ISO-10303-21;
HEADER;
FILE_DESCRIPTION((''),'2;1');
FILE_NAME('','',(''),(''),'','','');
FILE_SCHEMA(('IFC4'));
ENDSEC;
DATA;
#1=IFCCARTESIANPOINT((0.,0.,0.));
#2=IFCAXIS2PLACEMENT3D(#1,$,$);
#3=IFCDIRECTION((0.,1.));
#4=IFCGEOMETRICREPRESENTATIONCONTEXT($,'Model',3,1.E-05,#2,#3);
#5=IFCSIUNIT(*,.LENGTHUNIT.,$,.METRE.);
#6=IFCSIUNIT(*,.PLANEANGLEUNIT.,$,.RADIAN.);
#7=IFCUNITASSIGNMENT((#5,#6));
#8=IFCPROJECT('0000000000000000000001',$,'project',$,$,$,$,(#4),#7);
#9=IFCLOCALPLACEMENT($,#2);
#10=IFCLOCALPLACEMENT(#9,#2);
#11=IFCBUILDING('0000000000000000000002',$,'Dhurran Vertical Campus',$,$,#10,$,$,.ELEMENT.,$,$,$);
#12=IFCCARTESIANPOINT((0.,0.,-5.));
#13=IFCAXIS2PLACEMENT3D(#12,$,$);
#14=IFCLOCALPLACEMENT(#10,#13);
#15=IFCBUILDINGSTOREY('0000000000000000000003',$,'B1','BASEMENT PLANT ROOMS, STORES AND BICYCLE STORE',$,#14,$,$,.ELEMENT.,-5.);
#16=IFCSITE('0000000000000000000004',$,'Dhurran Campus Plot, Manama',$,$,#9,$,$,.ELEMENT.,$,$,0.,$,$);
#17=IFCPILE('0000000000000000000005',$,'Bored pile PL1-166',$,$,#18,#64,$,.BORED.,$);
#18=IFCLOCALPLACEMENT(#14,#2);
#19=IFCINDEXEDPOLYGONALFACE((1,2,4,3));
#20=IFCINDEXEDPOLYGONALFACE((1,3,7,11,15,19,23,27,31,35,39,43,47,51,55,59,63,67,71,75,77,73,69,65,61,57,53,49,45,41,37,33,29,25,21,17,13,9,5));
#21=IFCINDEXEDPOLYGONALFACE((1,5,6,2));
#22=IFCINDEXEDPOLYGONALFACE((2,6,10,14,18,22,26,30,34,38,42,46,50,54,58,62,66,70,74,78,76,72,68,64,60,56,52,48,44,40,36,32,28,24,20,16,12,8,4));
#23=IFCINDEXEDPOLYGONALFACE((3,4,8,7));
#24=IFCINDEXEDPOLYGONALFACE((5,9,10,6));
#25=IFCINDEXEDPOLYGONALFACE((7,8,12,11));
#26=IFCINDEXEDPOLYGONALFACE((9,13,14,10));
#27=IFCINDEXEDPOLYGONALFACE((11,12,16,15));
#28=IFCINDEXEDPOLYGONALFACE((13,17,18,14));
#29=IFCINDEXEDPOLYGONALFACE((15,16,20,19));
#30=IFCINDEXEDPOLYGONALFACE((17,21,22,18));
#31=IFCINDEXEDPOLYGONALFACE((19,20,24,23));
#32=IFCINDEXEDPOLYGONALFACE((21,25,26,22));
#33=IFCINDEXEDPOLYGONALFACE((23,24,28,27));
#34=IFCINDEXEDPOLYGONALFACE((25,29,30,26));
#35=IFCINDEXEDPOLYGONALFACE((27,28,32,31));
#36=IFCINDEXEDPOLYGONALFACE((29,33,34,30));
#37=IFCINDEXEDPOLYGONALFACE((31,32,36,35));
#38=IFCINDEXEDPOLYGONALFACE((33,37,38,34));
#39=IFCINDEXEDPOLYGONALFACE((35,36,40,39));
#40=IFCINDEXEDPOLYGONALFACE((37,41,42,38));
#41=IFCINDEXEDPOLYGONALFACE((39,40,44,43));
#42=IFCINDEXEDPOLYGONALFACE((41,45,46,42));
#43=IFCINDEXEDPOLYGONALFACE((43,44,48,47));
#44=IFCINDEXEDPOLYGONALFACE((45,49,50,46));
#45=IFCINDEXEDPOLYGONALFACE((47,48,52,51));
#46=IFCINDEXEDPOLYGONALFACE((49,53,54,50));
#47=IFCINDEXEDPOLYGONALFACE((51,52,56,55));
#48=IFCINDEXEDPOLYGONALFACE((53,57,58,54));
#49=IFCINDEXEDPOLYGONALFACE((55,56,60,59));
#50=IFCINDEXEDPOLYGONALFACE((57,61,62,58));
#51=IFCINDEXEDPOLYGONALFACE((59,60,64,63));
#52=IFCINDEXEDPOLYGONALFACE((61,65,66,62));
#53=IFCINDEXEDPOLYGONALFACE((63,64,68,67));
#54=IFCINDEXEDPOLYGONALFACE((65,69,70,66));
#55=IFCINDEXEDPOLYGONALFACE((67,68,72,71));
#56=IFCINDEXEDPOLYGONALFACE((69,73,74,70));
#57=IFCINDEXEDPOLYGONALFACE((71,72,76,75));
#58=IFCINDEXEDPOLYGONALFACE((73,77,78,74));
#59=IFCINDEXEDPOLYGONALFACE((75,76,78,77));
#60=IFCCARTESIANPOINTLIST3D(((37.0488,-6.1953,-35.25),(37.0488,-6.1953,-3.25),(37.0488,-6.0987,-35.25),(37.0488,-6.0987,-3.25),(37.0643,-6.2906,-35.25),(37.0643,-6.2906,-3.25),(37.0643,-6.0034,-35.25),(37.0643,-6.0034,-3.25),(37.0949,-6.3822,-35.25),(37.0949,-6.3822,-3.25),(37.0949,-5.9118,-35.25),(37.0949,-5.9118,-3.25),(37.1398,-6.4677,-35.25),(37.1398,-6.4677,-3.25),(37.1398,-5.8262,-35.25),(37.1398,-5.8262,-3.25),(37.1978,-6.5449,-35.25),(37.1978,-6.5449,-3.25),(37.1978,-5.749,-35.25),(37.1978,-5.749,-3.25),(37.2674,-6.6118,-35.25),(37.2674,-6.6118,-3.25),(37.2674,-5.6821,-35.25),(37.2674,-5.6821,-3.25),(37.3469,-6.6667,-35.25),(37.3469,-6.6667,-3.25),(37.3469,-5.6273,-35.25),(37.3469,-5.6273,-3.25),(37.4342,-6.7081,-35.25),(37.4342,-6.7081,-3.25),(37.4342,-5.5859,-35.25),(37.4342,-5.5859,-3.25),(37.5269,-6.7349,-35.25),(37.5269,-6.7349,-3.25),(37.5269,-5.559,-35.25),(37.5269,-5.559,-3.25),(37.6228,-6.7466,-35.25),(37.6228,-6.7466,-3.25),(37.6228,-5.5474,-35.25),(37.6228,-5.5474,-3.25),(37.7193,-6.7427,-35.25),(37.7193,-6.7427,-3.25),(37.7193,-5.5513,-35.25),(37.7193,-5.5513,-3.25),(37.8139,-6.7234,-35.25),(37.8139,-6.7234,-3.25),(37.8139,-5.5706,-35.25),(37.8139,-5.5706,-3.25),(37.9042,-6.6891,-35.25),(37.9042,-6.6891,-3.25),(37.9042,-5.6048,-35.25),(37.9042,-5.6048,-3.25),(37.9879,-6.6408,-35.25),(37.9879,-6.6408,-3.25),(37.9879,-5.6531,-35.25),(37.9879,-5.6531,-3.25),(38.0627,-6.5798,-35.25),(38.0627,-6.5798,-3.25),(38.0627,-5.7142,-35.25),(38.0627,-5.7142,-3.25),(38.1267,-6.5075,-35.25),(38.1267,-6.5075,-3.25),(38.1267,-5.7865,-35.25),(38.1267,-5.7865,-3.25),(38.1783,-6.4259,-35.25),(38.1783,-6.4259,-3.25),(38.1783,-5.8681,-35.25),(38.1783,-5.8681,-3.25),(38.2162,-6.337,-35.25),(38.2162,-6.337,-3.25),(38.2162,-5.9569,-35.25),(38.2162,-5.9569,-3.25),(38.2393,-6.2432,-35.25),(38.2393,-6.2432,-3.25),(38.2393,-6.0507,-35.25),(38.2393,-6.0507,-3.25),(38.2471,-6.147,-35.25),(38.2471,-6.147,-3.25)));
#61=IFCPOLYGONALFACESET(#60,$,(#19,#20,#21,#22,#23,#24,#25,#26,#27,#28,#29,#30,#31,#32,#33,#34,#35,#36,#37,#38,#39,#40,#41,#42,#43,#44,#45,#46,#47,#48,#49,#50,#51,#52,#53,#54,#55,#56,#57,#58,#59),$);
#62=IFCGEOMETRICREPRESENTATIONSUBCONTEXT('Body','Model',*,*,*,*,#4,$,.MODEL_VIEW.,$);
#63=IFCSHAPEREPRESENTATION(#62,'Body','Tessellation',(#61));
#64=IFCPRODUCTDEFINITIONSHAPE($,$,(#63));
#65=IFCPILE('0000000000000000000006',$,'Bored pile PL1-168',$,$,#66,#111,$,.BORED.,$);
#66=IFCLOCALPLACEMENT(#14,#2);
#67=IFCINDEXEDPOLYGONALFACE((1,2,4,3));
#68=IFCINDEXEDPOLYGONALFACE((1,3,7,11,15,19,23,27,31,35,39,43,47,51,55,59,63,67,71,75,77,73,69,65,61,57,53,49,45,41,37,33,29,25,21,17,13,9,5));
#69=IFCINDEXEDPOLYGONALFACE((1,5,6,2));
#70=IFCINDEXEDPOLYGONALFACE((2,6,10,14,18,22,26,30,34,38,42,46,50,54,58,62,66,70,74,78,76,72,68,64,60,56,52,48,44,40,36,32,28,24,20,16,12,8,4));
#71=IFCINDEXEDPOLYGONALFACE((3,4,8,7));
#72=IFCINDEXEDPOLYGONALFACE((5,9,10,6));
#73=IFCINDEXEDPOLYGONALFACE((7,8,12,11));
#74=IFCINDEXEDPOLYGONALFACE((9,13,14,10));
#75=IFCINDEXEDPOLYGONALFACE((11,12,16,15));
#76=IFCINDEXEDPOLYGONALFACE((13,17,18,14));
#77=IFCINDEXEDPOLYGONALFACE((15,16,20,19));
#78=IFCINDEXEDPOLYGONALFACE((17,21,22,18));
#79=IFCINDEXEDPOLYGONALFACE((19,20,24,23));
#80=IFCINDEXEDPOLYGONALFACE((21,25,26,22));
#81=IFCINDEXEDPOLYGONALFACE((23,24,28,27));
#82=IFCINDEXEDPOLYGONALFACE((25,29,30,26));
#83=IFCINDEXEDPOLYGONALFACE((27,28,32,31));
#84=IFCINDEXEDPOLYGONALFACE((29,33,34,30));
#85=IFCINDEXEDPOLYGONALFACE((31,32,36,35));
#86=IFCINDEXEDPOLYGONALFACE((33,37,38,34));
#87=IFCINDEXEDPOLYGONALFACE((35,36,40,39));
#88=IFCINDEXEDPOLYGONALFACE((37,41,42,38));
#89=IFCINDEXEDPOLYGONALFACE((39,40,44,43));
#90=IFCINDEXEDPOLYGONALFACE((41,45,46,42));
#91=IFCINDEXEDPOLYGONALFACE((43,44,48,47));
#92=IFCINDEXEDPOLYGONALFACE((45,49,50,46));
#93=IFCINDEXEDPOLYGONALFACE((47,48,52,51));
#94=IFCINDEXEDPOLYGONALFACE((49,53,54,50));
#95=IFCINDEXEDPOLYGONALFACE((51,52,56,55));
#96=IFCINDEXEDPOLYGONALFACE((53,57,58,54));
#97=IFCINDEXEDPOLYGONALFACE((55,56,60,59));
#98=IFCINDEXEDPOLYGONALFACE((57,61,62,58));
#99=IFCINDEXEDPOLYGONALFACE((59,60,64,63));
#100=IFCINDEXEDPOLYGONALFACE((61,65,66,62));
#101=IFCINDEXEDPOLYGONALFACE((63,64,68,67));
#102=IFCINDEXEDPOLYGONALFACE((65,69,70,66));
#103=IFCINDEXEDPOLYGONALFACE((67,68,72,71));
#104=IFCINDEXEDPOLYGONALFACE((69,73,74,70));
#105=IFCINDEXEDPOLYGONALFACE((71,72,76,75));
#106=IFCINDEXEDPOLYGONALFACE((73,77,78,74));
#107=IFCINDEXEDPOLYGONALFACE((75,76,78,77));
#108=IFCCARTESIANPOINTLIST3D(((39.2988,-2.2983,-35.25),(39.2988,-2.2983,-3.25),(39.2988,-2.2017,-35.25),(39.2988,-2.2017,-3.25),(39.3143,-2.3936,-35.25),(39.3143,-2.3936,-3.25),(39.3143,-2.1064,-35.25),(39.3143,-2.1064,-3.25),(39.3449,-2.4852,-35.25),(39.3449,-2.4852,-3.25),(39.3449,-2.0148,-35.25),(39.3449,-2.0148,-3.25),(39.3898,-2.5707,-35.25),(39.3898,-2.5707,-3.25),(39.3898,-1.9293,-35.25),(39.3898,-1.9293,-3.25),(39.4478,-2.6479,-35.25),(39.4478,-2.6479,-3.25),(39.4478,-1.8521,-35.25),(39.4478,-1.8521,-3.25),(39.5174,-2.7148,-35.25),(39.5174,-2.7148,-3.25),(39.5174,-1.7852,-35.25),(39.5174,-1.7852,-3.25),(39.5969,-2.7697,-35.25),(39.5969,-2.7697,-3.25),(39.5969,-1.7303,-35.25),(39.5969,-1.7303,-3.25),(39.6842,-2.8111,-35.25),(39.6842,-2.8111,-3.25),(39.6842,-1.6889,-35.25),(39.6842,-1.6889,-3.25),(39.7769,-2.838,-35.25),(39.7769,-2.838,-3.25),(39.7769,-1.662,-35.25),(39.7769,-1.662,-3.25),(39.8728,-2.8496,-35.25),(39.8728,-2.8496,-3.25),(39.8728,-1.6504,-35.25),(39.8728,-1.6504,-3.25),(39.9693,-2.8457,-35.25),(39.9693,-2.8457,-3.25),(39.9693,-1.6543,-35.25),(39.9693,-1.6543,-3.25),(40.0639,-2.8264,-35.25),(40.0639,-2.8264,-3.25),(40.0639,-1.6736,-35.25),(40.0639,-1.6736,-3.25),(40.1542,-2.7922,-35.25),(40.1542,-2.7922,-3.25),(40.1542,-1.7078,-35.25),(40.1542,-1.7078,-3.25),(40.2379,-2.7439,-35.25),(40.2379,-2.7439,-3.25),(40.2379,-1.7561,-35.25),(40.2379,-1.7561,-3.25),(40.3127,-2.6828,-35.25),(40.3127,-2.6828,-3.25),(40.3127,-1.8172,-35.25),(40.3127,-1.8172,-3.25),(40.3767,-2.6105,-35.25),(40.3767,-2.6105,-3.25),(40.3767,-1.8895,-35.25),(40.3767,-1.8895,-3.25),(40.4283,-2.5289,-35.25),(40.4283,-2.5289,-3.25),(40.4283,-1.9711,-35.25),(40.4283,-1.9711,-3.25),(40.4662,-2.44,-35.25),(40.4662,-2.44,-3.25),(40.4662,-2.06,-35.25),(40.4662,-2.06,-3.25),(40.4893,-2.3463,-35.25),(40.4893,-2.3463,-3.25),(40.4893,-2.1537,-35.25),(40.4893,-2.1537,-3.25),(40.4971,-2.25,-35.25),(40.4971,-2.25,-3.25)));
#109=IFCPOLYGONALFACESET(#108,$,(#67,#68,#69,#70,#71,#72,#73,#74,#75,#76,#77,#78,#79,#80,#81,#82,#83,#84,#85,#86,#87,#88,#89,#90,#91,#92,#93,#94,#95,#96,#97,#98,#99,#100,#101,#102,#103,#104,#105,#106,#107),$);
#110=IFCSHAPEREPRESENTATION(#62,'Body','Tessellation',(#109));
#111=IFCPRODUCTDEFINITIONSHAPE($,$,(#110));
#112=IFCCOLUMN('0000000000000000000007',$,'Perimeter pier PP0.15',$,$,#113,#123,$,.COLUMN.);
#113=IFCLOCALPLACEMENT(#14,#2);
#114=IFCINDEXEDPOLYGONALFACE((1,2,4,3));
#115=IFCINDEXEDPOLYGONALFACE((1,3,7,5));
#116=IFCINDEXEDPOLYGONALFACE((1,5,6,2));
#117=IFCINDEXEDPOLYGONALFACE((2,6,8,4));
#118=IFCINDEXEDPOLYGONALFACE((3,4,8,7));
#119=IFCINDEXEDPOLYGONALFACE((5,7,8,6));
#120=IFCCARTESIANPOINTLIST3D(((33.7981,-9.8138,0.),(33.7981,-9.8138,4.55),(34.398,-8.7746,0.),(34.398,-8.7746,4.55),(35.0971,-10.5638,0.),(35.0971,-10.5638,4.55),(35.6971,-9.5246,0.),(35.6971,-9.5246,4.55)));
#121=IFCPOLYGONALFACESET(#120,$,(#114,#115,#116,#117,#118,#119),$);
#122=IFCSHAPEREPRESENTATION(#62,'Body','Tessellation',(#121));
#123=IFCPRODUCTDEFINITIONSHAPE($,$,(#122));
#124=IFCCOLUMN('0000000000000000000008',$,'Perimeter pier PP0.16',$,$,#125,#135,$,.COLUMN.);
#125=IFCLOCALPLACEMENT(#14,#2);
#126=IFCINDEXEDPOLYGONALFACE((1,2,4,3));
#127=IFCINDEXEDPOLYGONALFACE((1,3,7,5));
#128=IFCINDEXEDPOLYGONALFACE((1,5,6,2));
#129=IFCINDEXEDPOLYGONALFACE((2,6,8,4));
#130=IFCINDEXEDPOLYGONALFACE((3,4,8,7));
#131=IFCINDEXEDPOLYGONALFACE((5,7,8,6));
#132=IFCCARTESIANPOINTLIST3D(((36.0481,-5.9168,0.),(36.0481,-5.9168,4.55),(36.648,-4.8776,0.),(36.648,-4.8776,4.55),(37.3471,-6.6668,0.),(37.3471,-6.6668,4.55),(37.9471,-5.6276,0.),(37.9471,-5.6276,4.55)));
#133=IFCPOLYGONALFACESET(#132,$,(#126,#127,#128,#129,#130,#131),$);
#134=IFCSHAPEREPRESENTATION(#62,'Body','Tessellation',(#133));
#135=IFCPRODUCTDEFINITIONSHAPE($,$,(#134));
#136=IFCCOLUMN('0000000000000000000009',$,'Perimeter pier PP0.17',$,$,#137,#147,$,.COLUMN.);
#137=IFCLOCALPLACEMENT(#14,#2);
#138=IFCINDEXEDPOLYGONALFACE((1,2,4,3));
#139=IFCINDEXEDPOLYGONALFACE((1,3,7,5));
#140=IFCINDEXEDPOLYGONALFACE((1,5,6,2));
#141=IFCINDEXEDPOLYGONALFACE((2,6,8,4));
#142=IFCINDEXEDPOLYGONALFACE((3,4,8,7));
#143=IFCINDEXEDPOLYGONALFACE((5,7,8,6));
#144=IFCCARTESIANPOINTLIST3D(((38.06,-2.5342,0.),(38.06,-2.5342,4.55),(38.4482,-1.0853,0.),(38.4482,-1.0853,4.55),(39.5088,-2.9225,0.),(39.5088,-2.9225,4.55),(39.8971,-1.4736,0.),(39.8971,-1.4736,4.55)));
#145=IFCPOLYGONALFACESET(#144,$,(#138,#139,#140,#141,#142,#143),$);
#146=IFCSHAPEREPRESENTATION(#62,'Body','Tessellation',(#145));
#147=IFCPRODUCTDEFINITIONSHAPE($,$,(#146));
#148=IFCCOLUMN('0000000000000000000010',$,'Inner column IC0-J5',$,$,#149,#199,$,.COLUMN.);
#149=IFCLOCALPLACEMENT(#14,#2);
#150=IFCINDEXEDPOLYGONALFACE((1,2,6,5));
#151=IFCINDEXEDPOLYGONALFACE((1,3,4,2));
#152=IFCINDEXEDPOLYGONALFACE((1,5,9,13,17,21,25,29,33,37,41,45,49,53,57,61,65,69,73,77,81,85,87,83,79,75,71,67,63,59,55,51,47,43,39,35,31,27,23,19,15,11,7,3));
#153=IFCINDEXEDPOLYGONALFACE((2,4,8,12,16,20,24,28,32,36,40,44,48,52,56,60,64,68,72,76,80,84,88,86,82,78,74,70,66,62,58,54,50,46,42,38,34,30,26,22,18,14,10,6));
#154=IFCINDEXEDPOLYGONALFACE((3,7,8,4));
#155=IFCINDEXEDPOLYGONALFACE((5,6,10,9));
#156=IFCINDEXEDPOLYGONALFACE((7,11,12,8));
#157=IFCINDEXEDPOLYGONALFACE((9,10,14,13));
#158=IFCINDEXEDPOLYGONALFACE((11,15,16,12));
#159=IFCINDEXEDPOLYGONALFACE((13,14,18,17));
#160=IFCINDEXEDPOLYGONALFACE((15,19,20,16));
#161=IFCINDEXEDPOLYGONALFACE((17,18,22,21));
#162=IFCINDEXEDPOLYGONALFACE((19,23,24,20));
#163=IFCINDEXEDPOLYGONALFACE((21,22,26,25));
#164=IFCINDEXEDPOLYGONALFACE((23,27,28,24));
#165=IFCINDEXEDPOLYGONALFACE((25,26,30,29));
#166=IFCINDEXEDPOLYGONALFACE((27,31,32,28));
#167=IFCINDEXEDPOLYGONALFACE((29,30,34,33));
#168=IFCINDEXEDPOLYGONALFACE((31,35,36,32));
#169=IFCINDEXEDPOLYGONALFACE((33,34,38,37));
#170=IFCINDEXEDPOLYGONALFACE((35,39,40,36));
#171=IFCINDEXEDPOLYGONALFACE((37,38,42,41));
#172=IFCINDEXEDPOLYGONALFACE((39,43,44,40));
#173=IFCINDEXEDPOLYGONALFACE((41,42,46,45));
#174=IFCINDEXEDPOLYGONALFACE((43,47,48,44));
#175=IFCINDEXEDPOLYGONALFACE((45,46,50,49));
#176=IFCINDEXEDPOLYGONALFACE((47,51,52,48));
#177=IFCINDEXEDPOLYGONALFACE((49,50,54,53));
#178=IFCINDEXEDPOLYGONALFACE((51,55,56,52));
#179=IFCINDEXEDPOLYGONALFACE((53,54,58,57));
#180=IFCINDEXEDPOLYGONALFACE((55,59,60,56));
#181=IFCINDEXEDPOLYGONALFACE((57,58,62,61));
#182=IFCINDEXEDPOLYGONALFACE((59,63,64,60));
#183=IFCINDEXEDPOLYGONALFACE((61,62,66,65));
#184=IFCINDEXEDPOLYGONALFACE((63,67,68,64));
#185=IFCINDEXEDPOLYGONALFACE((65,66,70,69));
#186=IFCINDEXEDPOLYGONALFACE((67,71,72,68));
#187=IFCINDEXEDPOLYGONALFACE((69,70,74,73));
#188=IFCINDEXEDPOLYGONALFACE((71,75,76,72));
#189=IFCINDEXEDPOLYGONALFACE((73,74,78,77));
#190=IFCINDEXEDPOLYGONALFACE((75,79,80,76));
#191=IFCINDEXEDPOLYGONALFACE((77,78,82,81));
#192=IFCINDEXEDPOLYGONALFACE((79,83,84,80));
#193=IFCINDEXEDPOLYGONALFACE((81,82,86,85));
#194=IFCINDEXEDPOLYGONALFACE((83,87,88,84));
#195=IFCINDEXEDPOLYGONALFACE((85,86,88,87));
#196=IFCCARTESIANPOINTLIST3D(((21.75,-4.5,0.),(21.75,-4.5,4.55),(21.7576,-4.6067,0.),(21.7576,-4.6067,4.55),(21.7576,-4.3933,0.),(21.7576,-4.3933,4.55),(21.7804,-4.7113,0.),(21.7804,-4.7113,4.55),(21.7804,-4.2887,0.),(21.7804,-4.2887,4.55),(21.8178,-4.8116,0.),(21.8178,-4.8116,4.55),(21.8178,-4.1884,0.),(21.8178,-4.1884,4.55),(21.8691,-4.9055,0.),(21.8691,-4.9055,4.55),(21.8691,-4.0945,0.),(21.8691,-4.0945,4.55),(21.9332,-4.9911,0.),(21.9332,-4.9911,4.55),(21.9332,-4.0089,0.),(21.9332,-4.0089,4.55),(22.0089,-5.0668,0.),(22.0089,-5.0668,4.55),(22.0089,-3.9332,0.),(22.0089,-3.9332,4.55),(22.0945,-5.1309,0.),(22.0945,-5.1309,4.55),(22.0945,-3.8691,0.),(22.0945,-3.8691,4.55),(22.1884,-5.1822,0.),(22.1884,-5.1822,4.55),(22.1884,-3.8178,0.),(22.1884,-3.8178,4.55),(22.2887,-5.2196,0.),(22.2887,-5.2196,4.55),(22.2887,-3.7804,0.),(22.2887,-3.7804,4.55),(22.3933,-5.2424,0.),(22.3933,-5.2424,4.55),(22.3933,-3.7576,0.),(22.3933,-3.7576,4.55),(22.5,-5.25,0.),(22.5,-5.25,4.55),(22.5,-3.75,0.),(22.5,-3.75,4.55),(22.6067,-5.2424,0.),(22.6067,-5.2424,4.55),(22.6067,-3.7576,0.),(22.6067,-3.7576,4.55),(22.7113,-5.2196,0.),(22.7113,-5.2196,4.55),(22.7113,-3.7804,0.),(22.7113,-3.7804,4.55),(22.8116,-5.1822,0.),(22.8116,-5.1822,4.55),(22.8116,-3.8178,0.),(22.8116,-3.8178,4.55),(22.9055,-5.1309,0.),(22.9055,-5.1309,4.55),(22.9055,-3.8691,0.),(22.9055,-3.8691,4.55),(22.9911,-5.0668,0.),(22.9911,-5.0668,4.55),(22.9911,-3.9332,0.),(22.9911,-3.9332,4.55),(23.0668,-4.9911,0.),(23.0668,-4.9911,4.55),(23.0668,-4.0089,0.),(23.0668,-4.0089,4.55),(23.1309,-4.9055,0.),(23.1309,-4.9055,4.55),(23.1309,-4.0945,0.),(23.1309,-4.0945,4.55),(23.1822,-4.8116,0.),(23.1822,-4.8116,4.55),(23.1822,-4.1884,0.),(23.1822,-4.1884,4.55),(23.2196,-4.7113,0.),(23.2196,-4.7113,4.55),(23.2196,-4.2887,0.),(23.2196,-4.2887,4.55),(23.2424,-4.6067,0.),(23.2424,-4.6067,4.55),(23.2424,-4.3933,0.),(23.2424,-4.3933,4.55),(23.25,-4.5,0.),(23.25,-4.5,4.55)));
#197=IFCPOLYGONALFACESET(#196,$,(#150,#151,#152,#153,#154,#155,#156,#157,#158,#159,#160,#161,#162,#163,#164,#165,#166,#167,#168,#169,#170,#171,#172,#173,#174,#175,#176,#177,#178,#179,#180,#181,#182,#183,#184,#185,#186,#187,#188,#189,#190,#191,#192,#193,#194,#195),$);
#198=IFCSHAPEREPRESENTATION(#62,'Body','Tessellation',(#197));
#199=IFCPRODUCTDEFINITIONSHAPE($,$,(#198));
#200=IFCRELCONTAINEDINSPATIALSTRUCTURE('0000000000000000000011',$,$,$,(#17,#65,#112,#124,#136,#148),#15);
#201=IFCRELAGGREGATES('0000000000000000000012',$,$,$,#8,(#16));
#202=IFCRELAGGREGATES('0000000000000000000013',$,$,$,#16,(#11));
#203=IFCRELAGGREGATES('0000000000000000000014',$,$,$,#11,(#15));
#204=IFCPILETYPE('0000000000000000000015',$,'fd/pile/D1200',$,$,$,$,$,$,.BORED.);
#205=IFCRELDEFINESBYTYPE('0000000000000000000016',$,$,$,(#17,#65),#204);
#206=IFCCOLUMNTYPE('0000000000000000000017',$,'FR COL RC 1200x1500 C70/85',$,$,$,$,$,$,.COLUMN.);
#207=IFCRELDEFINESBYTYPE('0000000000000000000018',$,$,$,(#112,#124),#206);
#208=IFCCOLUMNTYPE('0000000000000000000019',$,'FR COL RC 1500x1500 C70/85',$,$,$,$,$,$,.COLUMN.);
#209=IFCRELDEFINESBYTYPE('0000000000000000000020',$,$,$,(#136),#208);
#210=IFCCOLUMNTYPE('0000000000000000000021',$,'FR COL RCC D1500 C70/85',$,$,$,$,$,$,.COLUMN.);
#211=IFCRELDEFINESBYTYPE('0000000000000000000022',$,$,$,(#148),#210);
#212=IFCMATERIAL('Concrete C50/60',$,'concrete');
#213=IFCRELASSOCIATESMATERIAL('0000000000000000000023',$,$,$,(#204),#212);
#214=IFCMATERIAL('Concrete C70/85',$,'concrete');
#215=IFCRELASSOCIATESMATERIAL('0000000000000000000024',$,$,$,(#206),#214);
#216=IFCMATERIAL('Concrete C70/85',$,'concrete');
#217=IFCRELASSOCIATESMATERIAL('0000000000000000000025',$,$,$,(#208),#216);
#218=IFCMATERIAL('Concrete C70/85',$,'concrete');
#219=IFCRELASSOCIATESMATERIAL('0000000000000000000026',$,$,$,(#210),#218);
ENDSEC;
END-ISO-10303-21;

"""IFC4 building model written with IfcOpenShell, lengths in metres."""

from ifc_helpers import new_model, si_unit, direction, frame, origin, origin_2d, place, context, subcontext, project, spatial, rectangle, circle, extrude, material, material_profile, profile_set, type_object, element, save


model = new_model("IFC4")

# Units and contexts
model_context = context("Model", 3, precision=1e-05, world=origin(), true_north=direction((0.0, 1.0)))
body_context = subcontext(model_context, "Body", "Model", "MODEL_VIEW")
ifc_project = project(units=[si_unit("LENGTHUNIT", "METRE"), si_unit("PLANEANGLEUNIT", "RADIAN")], contexts=[model_context])

# Site, building, storey
site_placement = place(None, origin())
site = spatial("IfcSite", under=ifc_project, at=site_placement, Name="Dhurran Campus Plot, Manama", CompositionType="ELEMENT", RefElevation=0.0)
building_placement = place(site_placement, origin())
building = spatial("IfcBuilding", under=site, at=building_placement, Name="Dhurran Vertical Campus", CompositionType="ELEMENT")
storey_placement = place(building_placement, frame((0.0, 0.0, -5.0)))
storey = spatial("IfcBuildingStorey", under=building, at=storey_placement, Name="B1", Description="BASEMENT PLANT ROOMS, STORES AND BICYCLE STORE", CompositionType="ELEMENT", Elevation=-5.0)

# Piles
ifc_material_1 = material(Name="Concrete C50/60", Category="concrete")
ifc_material_profile_1 = material_profile(ifc_material_1, circle(Radius=0.6001, at=origin_2d()), Name="fd/pile/D1200")
ifc_profile_set_1 = profile_set([ifc_material_profile_1], Name="Concrete C50/60")
pile_type = type_object("IfcPileType", Name="fd/pile/D1200", PredefinedType="BORED", material=ifc_profile_set_1)
for number, where, z_axis, x_axis, name in (
    (1, (37.647, -6.147, -3.25), (0.0, 0.0, -1.0), (1.0, 0.0, 0.0), "Bored pile PL1-166"),
    (2, (39.897, -2.25, -3.25), (0.0, 0.0, -1.0), (1.0, 0.0, 0.0), "Bored pile PL1-168"),
):
    element("IfcPile", number, at=place(storey_placement, frame(where, z_axis=z_axis, x_axis=x_axis)), inside=storey, type_object=pile_type, Name=name, PredefinedType="BORED", context=body_context, shape_type="SweptSolid", body=[
        extrude(circle(Radius=0.6001, at=origin_2d()), origin(), (0.0, 0.0, 1.0), 32.0),
    ])

# Columns
ifc_material_2 = material(Name="Concrete C70/85", Category="concrete")
ifc_material_profile_2 = material_profile(ifc_material_2, rectangle(XDim=1.2, YDim=1.5, at=origin_2d()), Name="RC 1200x1500")
ifc_profile_set_2 = profile_set([ifc_material_profile_2], Name="Concrete C70/85")
column_type_1 = type_object("IfcColumnType", Name="FR COL RC 1200x1500 C70/85", PredefinedType="COLUMN", material=ifc_profile_set_2)
for number, where, z_axis, x_axis, name in (
    (3, (34.7476, -9.6692, 0.0), (0.0, 0.0, 1.0), (0.5, 0.866025, 0.0), "Perimeter pier PP0.15"),
    (4, (36.9976, -5.7722, 0.0), (0.0, 0.0, 1.0), (0.5, 0.866025, 0.0), "Perimeter pier PP0.16"),
):
    element("IfcColumn", number, at=place(storey_placement, frame(where, z_axis=z_axis, x_axis=x_axis)), inside=storey, type_object=column_type_1, Name=name, PredefinedType="COLUMN", context=body_context, shape_type="SweptSolid", body=[
        extrude(rectangle(XDim=1.2, YDim=1.5, at=origin_2d()), origin(), (0.0, 0.0, 1.0), 4.55),
    ])
ifc_material_3 = material(Name="Concrete C70/85", Category="concrete")
ifc_material_profile_3 = material_profile(ifc_material_3, rectangle(XDim=1.5, YDim=1.5, at=origin_2d()), Name="RC 1500x1500")
ifc_profile_set_3 = profile_set([ifc_material_profile_3], Name="Concrete C70/85")
column_type_2 = type_object("IfcColumnType", Name="FR COL RC 1500x1500 C70/85", PredefinedType="COLUMN", material=ifc_profile_set_3)
column_1_placement = place(storey_placement, frame((38.9785, -2.0039, 0.0), z_axis=(0.0, 0.0, 1.0), x_axis=(0.258819, 0.965926, 0.0)))
element("IfcColumn", 5, at=column_1_placement, inside=storey, type_object=column_type_2, Name="Perimeter pier PP0.17", PredefinedType="COLUMN", context=body_context, shape_type="SweptSolid", body=[
    extrude(rectangle(XDim=1.5, YDim=1.5, at=origin_2d()), origin(), (0.0, 0.0, 1.0), 4.55),
])
ifc_material_4 = material(Name="Concrete C70/85", Category="concrete")
ifc_material_profile_4 = material_profile(ifc_material_4, circle(Radius=0.75, at=origin_2d()), Name="RCC D1500")
ifc_profile_set_4 = profile_set([ifc_material_profile_4], Name="Concrete C70/85")
column_type_3 = type_object("IfcColumnType", Name="FR COL RCC D1500 C70/85", PredefinedType="COLUMN", material=ifc_profile_set_4)
column_2_placement = place(storey_placement, frame((22.5, -4.5, 0.0), z_axis=(0.0, 0.0, 1.0), x_axis=(1.0, 0.0, 0.0)))
element("IfcColumn", 6, at=column_2_placement, inside=storey, type_object=column_type_3, Name="Inner column IC0-J5", PredefinedType="COLUMN", context=body_context, shape_type="SweptSolid", body=[
    extrude(circle(Radius=0.75, at=origin_2d()), origin(), (0.0, 0.0, 1.0), 4.55),
])

save(model, "model.ifc")
